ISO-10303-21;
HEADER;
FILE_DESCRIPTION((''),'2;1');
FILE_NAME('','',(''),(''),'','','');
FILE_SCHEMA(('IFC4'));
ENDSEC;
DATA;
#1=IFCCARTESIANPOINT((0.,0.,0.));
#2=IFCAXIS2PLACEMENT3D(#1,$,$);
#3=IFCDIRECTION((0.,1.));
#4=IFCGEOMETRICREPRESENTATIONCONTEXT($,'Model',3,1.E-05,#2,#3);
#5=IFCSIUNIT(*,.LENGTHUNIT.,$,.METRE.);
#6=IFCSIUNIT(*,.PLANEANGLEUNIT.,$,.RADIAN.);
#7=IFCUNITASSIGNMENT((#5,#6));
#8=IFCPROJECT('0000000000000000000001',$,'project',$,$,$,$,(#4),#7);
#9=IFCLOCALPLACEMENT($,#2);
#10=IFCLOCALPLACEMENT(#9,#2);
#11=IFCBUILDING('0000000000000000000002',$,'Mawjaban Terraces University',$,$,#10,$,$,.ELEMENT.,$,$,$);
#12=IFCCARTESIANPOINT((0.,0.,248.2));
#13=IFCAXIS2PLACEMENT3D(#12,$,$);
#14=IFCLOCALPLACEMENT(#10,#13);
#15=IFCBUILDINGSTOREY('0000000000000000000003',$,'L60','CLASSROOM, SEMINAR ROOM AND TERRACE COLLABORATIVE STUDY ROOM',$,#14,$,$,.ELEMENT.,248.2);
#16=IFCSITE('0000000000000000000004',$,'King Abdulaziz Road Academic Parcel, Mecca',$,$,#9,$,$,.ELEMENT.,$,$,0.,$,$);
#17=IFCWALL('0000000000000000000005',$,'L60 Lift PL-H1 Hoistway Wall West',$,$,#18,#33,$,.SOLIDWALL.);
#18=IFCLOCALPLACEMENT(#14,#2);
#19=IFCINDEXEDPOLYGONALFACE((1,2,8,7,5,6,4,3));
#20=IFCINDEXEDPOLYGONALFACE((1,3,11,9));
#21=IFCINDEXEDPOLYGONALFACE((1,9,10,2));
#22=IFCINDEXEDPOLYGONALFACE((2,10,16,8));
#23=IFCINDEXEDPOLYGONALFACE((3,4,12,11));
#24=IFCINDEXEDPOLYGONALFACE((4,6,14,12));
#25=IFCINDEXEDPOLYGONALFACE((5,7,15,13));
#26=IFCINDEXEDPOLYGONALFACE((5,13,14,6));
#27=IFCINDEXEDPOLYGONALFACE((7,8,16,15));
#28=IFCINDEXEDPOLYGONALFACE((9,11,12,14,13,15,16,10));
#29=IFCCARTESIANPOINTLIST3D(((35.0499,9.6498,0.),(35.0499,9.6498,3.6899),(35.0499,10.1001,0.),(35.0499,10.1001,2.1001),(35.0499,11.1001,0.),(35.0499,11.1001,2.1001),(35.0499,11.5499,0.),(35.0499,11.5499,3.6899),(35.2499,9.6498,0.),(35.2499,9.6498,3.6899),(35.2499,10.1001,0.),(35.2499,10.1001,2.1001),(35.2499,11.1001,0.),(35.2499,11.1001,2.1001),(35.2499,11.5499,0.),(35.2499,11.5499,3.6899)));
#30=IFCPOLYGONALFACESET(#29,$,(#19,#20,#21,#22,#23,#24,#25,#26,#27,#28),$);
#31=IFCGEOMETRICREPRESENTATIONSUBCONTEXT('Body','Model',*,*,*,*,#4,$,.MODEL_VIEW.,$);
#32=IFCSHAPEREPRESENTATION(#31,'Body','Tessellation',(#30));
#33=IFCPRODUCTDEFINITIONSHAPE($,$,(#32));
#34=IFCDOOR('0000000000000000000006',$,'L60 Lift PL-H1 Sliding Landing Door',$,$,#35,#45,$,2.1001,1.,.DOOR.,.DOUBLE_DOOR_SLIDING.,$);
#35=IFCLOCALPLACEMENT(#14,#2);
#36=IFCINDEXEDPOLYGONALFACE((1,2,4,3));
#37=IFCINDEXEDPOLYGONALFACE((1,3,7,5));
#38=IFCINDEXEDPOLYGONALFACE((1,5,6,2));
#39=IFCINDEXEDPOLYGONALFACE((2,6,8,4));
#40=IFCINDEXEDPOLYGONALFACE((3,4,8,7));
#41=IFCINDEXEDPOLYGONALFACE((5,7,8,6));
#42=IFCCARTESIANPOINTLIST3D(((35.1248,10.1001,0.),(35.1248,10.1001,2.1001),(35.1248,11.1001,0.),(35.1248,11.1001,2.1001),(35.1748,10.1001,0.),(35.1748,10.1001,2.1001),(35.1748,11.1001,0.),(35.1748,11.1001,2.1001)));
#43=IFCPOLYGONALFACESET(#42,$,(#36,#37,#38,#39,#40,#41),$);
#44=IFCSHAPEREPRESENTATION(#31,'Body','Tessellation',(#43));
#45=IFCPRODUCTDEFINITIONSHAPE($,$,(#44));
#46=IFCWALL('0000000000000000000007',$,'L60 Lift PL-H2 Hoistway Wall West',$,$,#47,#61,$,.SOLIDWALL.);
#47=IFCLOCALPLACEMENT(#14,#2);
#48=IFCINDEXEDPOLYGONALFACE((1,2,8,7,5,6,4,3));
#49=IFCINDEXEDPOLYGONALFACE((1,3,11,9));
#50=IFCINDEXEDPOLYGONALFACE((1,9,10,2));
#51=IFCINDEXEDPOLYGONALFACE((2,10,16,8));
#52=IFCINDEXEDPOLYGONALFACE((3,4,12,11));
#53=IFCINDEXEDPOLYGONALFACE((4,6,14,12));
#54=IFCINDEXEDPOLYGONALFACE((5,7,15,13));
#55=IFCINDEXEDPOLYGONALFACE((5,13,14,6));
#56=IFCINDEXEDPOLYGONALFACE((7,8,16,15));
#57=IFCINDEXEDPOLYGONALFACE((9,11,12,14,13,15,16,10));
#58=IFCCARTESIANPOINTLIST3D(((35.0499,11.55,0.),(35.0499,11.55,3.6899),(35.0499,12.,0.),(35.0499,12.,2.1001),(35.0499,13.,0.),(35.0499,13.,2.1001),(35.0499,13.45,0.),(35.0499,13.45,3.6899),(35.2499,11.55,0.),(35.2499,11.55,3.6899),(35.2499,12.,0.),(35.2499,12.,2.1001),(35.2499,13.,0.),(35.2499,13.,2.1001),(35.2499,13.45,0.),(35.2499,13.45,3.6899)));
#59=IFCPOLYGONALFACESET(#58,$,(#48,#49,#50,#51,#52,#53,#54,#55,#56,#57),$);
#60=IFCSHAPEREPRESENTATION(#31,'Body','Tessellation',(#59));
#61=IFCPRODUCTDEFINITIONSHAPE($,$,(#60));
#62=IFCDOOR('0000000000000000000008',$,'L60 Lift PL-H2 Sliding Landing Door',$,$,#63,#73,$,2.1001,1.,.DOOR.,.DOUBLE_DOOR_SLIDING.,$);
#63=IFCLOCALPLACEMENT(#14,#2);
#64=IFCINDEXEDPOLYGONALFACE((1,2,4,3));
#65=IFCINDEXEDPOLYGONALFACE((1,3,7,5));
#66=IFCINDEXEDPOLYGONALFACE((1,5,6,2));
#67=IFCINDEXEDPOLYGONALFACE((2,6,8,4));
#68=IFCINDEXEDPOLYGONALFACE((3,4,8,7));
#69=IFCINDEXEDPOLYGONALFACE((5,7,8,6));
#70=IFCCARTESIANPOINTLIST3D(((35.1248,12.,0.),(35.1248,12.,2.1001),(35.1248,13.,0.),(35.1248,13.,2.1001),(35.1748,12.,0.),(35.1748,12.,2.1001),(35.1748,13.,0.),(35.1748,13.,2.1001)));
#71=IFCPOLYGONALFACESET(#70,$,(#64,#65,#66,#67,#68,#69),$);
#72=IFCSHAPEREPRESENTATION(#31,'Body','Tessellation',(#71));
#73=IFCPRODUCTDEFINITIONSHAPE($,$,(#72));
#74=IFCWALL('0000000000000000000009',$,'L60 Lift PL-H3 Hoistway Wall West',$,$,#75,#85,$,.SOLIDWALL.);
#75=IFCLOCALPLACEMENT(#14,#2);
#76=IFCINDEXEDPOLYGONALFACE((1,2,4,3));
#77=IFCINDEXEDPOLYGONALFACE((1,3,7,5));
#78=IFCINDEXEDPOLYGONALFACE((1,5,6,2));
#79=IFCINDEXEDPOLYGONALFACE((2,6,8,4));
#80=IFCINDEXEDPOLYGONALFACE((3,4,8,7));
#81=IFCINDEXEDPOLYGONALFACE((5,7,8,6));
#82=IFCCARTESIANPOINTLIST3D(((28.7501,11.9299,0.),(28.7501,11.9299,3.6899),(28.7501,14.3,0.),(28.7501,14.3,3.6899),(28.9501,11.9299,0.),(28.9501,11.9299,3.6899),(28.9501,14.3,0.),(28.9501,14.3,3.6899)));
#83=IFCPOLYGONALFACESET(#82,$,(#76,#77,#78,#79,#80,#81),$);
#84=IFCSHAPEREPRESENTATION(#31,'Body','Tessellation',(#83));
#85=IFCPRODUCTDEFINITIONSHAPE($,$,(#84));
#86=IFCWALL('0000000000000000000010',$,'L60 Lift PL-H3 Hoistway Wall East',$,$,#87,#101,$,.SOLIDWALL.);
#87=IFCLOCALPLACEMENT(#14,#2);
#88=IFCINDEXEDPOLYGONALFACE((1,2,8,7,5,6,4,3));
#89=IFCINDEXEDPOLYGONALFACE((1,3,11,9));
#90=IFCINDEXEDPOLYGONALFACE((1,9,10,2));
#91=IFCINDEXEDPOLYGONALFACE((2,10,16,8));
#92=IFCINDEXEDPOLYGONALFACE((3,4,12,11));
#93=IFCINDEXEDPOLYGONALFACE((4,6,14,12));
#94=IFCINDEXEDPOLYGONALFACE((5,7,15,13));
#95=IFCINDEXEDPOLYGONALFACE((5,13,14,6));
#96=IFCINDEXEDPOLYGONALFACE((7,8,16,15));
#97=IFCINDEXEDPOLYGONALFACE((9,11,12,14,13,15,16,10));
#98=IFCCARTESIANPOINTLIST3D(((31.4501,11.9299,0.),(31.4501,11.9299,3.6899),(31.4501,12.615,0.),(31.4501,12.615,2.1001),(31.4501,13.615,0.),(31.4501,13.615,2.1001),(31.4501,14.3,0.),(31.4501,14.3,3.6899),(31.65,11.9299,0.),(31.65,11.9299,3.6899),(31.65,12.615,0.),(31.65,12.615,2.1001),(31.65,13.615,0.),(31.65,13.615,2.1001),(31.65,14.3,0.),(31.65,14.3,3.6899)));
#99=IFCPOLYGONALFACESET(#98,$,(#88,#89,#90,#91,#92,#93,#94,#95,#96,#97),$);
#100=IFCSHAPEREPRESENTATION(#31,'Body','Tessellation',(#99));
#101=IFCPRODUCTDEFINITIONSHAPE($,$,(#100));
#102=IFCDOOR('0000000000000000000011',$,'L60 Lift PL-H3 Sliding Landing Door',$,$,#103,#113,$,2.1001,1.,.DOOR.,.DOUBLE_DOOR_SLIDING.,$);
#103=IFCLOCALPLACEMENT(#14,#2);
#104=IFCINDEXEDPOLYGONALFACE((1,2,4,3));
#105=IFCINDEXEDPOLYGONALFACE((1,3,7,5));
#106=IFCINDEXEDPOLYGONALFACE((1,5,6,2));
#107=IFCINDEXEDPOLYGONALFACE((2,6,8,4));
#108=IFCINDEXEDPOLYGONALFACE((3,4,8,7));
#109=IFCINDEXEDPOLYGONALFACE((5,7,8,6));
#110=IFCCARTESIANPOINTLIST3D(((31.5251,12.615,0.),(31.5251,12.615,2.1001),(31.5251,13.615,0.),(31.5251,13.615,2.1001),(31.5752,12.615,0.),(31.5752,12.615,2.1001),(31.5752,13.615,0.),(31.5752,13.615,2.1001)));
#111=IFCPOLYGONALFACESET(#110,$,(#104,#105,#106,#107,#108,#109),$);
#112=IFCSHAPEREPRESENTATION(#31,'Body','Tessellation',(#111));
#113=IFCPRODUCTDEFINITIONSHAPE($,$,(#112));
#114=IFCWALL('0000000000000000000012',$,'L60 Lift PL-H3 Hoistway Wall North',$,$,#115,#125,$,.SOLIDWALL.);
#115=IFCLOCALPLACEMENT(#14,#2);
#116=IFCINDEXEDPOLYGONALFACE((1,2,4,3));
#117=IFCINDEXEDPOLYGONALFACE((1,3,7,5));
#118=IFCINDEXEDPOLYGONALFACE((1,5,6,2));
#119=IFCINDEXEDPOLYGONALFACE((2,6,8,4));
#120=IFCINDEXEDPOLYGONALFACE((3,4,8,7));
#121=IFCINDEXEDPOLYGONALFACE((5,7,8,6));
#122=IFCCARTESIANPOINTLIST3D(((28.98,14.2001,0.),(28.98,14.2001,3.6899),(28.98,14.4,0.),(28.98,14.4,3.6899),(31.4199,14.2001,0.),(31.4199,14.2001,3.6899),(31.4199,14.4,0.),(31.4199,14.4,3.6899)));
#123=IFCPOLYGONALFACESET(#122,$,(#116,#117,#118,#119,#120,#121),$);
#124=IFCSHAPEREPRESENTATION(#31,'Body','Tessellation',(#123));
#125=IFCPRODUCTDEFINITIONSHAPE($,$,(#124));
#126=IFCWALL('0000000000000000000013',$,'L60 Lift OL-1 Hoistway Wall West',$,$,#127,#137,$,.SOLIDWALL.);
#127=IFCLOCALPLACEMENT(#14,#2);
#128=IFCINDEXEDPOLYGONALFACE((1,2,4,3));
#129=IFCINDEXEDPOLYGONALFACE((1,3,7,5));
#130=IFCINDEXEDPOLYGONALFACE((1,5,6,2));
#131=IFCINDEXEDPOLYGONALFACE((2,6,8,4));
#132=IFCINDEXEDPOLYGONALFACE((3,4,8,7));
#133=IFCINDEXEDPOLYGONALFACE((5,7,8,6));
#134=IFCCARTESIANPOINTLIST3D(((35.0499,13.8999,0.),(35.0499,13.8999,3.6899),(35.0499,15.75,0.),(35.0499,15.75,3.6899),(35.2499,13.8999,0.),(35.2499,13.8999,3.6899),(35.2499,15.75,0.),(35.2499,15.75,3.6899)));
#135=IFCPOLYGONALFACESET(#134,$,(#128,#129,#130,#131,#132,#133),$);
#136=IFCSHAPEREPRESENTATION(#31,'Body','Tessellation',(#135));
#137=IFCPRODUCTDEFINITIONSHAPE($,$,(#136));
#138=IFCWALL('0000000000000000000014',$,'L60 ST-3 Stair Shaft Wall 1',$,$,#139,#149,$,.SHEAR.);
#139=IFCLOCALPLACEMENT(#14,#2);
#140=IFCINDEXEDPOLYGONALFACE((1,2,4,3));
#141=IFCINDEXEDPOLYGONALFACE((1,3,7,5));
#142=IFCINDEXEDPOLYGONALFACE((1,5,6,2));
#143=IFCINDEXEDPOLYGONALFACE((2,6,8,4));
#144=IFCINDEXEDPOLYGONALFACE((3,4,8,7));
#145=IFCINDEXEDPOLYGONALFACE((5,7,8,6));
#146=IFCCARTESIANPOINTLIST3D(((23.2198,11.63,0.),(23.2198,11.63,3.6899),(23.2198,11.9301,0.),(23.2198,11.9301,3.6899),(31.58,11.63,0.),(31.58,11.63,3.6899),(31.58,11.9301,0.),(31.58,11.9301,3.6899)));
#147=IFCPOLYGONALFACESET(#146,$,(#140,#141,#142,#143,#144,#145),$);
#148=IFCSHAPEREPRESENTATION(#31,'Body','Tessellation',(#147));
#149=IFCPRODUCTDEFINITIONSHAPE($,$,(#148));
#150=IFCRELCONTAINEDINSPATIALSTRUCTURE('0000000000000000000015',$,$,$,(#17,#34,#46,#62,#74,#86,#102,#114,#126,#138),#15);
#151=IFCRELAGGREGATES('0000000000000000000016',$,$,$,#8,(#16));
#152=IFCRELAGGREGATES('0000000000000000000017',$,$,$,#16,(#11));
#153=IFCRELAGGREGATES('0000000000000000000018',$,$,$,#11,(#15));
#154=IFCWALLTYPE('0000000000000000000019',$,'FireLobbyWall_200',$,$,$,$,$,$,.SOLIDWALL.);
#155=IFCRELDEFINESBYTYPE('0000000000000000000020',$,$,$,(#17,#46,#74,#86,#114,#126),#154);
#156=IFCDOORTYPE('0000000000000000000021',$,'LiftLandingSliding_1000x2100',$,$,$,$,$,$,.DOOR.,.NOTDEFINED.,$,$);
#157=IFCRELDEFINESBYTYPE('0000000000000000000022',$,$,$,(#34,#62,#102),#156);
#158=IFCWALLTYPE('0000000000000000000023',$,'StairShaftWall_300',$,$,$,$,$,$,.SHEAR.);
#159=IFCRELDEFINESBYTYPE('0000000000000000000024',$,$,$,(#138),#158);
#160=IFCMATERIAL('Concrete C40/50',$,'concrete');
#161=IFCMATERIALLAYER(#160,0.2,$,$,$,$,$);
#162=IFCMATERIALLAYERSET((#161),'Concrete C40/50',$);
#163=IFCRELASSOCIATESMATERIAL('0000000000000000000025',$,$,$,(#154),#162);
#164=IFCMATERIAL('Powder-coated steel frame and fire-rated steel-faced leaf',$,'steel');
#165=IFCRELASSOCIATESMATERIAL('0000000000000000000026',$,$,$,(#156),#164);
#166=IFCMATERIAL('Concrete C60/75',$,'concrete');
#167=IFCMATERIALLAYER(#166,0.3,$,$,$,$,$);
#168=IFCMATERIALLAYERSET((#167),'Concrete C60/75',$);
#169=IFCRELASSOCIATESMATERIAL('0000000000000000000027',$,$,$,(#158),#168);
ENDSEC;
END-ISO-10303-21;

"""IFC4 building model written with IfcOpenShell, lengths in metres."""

from ifc_helpers import new_model, si_unit, direction, frame, frame_2d, origin, place, context, subcontext, project, spatial, rectangle, extrude, material, layer, layer_set, type_object, element, fill, save


model = new_model("IFC4")

# Units and contexts
model_context = context("Model", 3, precision=1e-05, world=origin(), true_north=direction((0.0, 1.0)))
body_context = subcontext(model_context, "Body", "Model", "MODEL_VIEW")
ifc_project = project(units=[si_unit("LENGTHUNIT", "METRE"), si_unit("PLANEANGLEUNIT", "RADIAN")], contexts=[model_context])

# Site, building, storey
site_placement = place(None, origin())
site = spatial("IfcSite", under=ifc_project, at=site_placement, Name="King Abdulaziz Road Academic Parcel, Mecca", CompositionType="ELEMENT", RefElevation=0.0)
building_placement = place(site_placement, origin())
building = spatial("IfcBuilding", under=site, at=building_placement, Name="Mawjaban Terraces University", CompositionType="ELEMENT")
storey_placement = place(building_placement, frame((0.0, 0.0, 248.2)))
storey = spatial("IfcBuildingStorey", under=building, at=storey_placement, Name="L60", Description="CLASSROOM, SEMINAR ROOM AND TERRACE COLLABORATIVE STUDY ROOM", CompositionType="ELEMENT", Elevation=248.2)

# Walls, openings, doors
ifc_material_1 = material(Name="Concrete C40/50", Category="concrete")
ifc_layer_1 = layer(ifc_material_1, 0.2)
ifc_layer_set_1 = layer_set([ifc_layer_1], Name="Concrete C40/50")
wall_type_1 = type_object("IfcWallType", Name="FireLobbyWall_200", PredefinedType="SOLIDWALL", material=ifc_layer_set_1)
wall_1_placement = place(storey_placement, frame((35.1499, 11.55, 0.0), z_axis=(0.0, 0.0, 1.0), x_axis=(0.0, -1.0, 0.0)))
wall_1 = element("IfcWall", 1, at=wall_1_placement, inside=storey, type_object=wall_type_1, Name="L60 Lift PL-H1 Hoistway Wall West", PredefinedType="SOLIDWALL", context=body_context, shape_type="SweptSolid", body=[
    extrude(rectangle(XDim=1.9001, YDim=0.2, at=frame_2d((0.9502, 0.0))), origin(), (0.0, 0.0, 1.0), 3.6899),
])
opening_1_placement = place(wall_1_placement, frame((0.45, 0.0, 0.0)))
opening_1 = element("IfcOpeningElement", 2, at=opening_1_placement, cuts=wall_1, PredefinedType="OPENING", context=body_context, shape_type="SweptSolid", body=[
    extrude(rectangle(XDim=1.0, YDim=2.1001, at=frame_2d((0.5, 1.05))), frame((0.0, 0.1099, 0.0), z_axis=(0.0, -1.0, 0.0), x_axis=(1.0, 0.0, 0.0)), (0.0, 0.0, 1.0), 0.22),
])
ifc_material_2 = material(Name="Powder-coated steel frame and fire-rated steel-faced leaf", Category="steel")
door_type_1 = type_object("IfcDoorType", Name="LiftLandingSliding_1000x2100", OperationType="NOTDEFINED", PredefinedType="DOOR", material=ifc_material_2)
door_1_placement = place(opening_1_placement, origin())
door_1 = element("IfcDoor", 3, at=door_1_placement, inside=storey, type_object=door_type_1, Name="L60 Lift PL-H1 Sliding Landing Door", OperationType="DOUBLE_DOOR_SLIDING", OverallHeight=2.1001, OverallWidth=1.0, PredefinedType="DOOR", context=body_context, shape_type="SweptSolid", body=[
    extrude(rectangle(XDim=1.0, YDim=2.1001, at=frame_2d((0.5, 1.05))), frame((0.0, 0.0249, 0.0), z_axis=(0.0, -1.0, 0.0), x_axis=(1.0, 0.0, 0.0)), (0.0, 0.0, 1.0), 0.05),
])
fill(opening_1, door_1)
wall_2_placement = place(storey_placement, frame((35.1499, 13.45, 0.0), z_axis=(0.0, 0.0, 1.0), x_axis=(0.0, -1.0, 0.0)))
wall_2 = element("IfcWall", 4, at=wall_2_placement, inside=storey, type_object=wall_type_1, Name="L60 Lift PL-H2 Hoistway Wall West", PredefinedType="SOLIDWALL", context=body_context, shape_type="SweptSolid", body=[
    extrude(rectangle(XDim=1.8999, YDim=0.2, at=frame_2d((0.95, 0.0))), origin(), (0.0, 0.0, 1.0), 3.6899),
])
opening_2_placement = place(wall_2_placement, frame((0.45, 0.0, 0.0)))
opening_2 = element("IfcOpeningElement", 5, at=opening_2_placement, cuts=wall_2, PredefinedType="OPENING", context=body_context, shape_type="SweptSolid", body=[
    extrude(rectangle(XDim=1.0, YDim=2.1001, at=frame_2d((0.5, 1.05))), frame((0.0, 0.1099, 0.0), z_axis=(0.0, -1.0, 0.0), x_axis=(1.0, 0.0, 0.0)), (0.0, 0.0, 1.0), 0.22),
])
door_2_placement = place(opening_2_placement, origin())
door_2 = element("IfcDoor", 6, at=door_2_placement, inside=storey, type_object=door_type_1, Name="L60 Lift PL-H2 Sliding Landing Door", OperationType="DOUBLE_DOOR_SLIDING", OverallHeight=2.1001, OverallWidth=1.0, PredefinedType="DOOR", context=body_context, shape_type="SweptSolid", body=[
    extrude(rectangle(XDim=1.0, YDim=2.1001, at=frame_2d((0.5, 1.05))), frame((0.0, 0.0249, 0.0), z_axis=(0.0, -1.0, 0.0), x_axis=(1.0, 0.0, 0.0)), (0.0, 0.0, 1.0), 0.05),
])
fill(opening_2, door_2)

# Wall
wall_3_placement = place(storey_placement, frame((28.8501, 14.3, 0.0), z_axis=(0.0, 0.0, 1.0), x_axis=(0.0, -1.0, 0.0)))
element("IfcWall", 7, at=wall_3_placement, inside=storey, type_object=wall_type_1, Name="L60 Lift PL-H3 Hoistway Wall West", PredefinedType="SOLIDWALL", context=body_context, shape_type="SweptSolid", body=[
    extrude(rectangle(XDim=2.3701, YDim=0.2, at=frame_2d((1.1851, 0.0))), origin(), (0.0, 0.0, 1.0), 3.6899),
])

# Wall, opening, door
wall_4_placement = place(storey_placement, frame((31.55, 11.9299, 0.0), z_axis=(0.0, 0.0, 1.0), x_axis=(0.0, 1.0, 0.0)))
wall_4 = element("IfcWall", 8, at=wall_4_placement, inside=storey, type_object=wall_type_1, Name="L60 Lift PL-H3 Hoistway Wall East", PredefinedType="SOLIDWALL", context=body_context, shape_type="SweptSolid", body=[
    extrude(rectangle(XDim=2.3701, YDim=0.2, at=frame_2d((1.1851, 0.0))), origin(), (0.0, 0.0, 1.0), 3.6899),
])
opening_3_placement = place(wall_4_placement, frame((0.6851, 0.0, 0.0)))
opening_3 = element("IfcOpeningElement", 9, at=opening_3_placement, cuts=wall_4, PredefinedType="OPENING", context=body_context, shape_type="SweptSolid", body=[
    extrude(rectangle(XDim=1.0, YDim=2.1001, at=frame_2d((0.5, 1.05))), frame((0.0, 0.1099, 0.0), z_axis=(0.0, -1.0, 0.0), x_axis=(1.0, 0.0, 0.0)), (0.0, 0.0, 1.0), 0.22),
])
door_3_placement = place(opening_3_placement, origin())
door_3 = element("IfcDoor", 10, at=door_3_placement, inside=storey, type_object=door_type_1, Name="L60 Lift PL-H3 Sliding Landing Door", OperationType="DOUBLE_DOOR_SLIDING", OverallHeight=2.1001, OverallWidth=1.0, PredefinedType="DOOR", context=body_context, shape_type="SweptSolid", body=[
    extrude(rectangle(XDim=1.0, YDim=2.1001, at=frame_2d((0.5, 1.05))), frame((0.0, 0.0249, 0.0), z_axis=(0.0, -1.0, 0.0), x_axis=(1.0, 0.0, 0.0)), (0.0, 0.0, 1.0), 0.05),
])
fill(opening_3, door_3)

# Walls
wall_5_placement = place(storey_placement, frame((31.4199, 14.3, 0.0), z_axis=(0.0, 0.0, 1.0), x_axis=(-1.0, 0.0, 0.0)))
element("IfcWall", 11, at=wall_5_placement, inside=storey, type_object=wall_type_1, Name="L60 Lift PL-H3 Hoistway Wall North", PredefinedType="SOLIDWALL", context=body_context, shape_type="SweptSolid", body=[
    extrude(rectangle(XDim=2.4399, YDim=0.2, at=frame_2d((1.22, 0.0))), origin(), (0.0, 0.0, 1.0), 3.6899),
])
wall_6_placement = place(storey_placement, frame((35.1499, 15.75, 0.0), z_axis=(0.0, 0.0, 1.0), x_axis=(0.0, -1.0, 0.0)))
element("IfcWall", 12, at=wall_6_placement, inside=storey, type_object=wall_type_1, Name="L60 Lift OL-1 Hoistway Wall West", PredefinedType="SOLIDWALL", context=body_context, shape_type="SweptSolid", body=[
    extrude(rectangle(XDim=1.8501, YDim=0.2, at=frame_2d((0.925, 0.0))), origin(), (0.0, 0.0, 1.0), 3.6899),
])

# Shared definitions
ifc_material_3 = material(Name="Concrete C60/75", Category="concrete")
ifc_layer_2 = layer(ifc_material_3, 0.3)
ifc_layer_set_2 = layer_set([ifc_layer_2], Name="Concrete C60/75")
wall_type_2 = type_object("IfcWallType", Name="StairShaftWall_300", PredefinedType="SHEAR", material=ifc_layer_set_2)

# Wall
wall_7_placement = place(storey_placement, frame((31.5801, 11.78, 0.0), z_axis=(0.0, 0.0, 1.0), x_axis=(-1.0, 0.0, 0.0)))
element("IfcWall", 13, at=wall_7_placement, inside=storey, type_object=wall_type_2, Name="L60 ST-3 Stair Shaft Wall 1", PredefinedType="SHEAR", context=body_context, shape_type="SweptSolid", body=[
    extrude(rectangle(XDim=8.3601, YDim=0.3, at=frame_2d((4.1802, 0.0))), origin(), (0.0, 0.0, 1.0), 3.6899),
])

save(model, "model.ifc")
